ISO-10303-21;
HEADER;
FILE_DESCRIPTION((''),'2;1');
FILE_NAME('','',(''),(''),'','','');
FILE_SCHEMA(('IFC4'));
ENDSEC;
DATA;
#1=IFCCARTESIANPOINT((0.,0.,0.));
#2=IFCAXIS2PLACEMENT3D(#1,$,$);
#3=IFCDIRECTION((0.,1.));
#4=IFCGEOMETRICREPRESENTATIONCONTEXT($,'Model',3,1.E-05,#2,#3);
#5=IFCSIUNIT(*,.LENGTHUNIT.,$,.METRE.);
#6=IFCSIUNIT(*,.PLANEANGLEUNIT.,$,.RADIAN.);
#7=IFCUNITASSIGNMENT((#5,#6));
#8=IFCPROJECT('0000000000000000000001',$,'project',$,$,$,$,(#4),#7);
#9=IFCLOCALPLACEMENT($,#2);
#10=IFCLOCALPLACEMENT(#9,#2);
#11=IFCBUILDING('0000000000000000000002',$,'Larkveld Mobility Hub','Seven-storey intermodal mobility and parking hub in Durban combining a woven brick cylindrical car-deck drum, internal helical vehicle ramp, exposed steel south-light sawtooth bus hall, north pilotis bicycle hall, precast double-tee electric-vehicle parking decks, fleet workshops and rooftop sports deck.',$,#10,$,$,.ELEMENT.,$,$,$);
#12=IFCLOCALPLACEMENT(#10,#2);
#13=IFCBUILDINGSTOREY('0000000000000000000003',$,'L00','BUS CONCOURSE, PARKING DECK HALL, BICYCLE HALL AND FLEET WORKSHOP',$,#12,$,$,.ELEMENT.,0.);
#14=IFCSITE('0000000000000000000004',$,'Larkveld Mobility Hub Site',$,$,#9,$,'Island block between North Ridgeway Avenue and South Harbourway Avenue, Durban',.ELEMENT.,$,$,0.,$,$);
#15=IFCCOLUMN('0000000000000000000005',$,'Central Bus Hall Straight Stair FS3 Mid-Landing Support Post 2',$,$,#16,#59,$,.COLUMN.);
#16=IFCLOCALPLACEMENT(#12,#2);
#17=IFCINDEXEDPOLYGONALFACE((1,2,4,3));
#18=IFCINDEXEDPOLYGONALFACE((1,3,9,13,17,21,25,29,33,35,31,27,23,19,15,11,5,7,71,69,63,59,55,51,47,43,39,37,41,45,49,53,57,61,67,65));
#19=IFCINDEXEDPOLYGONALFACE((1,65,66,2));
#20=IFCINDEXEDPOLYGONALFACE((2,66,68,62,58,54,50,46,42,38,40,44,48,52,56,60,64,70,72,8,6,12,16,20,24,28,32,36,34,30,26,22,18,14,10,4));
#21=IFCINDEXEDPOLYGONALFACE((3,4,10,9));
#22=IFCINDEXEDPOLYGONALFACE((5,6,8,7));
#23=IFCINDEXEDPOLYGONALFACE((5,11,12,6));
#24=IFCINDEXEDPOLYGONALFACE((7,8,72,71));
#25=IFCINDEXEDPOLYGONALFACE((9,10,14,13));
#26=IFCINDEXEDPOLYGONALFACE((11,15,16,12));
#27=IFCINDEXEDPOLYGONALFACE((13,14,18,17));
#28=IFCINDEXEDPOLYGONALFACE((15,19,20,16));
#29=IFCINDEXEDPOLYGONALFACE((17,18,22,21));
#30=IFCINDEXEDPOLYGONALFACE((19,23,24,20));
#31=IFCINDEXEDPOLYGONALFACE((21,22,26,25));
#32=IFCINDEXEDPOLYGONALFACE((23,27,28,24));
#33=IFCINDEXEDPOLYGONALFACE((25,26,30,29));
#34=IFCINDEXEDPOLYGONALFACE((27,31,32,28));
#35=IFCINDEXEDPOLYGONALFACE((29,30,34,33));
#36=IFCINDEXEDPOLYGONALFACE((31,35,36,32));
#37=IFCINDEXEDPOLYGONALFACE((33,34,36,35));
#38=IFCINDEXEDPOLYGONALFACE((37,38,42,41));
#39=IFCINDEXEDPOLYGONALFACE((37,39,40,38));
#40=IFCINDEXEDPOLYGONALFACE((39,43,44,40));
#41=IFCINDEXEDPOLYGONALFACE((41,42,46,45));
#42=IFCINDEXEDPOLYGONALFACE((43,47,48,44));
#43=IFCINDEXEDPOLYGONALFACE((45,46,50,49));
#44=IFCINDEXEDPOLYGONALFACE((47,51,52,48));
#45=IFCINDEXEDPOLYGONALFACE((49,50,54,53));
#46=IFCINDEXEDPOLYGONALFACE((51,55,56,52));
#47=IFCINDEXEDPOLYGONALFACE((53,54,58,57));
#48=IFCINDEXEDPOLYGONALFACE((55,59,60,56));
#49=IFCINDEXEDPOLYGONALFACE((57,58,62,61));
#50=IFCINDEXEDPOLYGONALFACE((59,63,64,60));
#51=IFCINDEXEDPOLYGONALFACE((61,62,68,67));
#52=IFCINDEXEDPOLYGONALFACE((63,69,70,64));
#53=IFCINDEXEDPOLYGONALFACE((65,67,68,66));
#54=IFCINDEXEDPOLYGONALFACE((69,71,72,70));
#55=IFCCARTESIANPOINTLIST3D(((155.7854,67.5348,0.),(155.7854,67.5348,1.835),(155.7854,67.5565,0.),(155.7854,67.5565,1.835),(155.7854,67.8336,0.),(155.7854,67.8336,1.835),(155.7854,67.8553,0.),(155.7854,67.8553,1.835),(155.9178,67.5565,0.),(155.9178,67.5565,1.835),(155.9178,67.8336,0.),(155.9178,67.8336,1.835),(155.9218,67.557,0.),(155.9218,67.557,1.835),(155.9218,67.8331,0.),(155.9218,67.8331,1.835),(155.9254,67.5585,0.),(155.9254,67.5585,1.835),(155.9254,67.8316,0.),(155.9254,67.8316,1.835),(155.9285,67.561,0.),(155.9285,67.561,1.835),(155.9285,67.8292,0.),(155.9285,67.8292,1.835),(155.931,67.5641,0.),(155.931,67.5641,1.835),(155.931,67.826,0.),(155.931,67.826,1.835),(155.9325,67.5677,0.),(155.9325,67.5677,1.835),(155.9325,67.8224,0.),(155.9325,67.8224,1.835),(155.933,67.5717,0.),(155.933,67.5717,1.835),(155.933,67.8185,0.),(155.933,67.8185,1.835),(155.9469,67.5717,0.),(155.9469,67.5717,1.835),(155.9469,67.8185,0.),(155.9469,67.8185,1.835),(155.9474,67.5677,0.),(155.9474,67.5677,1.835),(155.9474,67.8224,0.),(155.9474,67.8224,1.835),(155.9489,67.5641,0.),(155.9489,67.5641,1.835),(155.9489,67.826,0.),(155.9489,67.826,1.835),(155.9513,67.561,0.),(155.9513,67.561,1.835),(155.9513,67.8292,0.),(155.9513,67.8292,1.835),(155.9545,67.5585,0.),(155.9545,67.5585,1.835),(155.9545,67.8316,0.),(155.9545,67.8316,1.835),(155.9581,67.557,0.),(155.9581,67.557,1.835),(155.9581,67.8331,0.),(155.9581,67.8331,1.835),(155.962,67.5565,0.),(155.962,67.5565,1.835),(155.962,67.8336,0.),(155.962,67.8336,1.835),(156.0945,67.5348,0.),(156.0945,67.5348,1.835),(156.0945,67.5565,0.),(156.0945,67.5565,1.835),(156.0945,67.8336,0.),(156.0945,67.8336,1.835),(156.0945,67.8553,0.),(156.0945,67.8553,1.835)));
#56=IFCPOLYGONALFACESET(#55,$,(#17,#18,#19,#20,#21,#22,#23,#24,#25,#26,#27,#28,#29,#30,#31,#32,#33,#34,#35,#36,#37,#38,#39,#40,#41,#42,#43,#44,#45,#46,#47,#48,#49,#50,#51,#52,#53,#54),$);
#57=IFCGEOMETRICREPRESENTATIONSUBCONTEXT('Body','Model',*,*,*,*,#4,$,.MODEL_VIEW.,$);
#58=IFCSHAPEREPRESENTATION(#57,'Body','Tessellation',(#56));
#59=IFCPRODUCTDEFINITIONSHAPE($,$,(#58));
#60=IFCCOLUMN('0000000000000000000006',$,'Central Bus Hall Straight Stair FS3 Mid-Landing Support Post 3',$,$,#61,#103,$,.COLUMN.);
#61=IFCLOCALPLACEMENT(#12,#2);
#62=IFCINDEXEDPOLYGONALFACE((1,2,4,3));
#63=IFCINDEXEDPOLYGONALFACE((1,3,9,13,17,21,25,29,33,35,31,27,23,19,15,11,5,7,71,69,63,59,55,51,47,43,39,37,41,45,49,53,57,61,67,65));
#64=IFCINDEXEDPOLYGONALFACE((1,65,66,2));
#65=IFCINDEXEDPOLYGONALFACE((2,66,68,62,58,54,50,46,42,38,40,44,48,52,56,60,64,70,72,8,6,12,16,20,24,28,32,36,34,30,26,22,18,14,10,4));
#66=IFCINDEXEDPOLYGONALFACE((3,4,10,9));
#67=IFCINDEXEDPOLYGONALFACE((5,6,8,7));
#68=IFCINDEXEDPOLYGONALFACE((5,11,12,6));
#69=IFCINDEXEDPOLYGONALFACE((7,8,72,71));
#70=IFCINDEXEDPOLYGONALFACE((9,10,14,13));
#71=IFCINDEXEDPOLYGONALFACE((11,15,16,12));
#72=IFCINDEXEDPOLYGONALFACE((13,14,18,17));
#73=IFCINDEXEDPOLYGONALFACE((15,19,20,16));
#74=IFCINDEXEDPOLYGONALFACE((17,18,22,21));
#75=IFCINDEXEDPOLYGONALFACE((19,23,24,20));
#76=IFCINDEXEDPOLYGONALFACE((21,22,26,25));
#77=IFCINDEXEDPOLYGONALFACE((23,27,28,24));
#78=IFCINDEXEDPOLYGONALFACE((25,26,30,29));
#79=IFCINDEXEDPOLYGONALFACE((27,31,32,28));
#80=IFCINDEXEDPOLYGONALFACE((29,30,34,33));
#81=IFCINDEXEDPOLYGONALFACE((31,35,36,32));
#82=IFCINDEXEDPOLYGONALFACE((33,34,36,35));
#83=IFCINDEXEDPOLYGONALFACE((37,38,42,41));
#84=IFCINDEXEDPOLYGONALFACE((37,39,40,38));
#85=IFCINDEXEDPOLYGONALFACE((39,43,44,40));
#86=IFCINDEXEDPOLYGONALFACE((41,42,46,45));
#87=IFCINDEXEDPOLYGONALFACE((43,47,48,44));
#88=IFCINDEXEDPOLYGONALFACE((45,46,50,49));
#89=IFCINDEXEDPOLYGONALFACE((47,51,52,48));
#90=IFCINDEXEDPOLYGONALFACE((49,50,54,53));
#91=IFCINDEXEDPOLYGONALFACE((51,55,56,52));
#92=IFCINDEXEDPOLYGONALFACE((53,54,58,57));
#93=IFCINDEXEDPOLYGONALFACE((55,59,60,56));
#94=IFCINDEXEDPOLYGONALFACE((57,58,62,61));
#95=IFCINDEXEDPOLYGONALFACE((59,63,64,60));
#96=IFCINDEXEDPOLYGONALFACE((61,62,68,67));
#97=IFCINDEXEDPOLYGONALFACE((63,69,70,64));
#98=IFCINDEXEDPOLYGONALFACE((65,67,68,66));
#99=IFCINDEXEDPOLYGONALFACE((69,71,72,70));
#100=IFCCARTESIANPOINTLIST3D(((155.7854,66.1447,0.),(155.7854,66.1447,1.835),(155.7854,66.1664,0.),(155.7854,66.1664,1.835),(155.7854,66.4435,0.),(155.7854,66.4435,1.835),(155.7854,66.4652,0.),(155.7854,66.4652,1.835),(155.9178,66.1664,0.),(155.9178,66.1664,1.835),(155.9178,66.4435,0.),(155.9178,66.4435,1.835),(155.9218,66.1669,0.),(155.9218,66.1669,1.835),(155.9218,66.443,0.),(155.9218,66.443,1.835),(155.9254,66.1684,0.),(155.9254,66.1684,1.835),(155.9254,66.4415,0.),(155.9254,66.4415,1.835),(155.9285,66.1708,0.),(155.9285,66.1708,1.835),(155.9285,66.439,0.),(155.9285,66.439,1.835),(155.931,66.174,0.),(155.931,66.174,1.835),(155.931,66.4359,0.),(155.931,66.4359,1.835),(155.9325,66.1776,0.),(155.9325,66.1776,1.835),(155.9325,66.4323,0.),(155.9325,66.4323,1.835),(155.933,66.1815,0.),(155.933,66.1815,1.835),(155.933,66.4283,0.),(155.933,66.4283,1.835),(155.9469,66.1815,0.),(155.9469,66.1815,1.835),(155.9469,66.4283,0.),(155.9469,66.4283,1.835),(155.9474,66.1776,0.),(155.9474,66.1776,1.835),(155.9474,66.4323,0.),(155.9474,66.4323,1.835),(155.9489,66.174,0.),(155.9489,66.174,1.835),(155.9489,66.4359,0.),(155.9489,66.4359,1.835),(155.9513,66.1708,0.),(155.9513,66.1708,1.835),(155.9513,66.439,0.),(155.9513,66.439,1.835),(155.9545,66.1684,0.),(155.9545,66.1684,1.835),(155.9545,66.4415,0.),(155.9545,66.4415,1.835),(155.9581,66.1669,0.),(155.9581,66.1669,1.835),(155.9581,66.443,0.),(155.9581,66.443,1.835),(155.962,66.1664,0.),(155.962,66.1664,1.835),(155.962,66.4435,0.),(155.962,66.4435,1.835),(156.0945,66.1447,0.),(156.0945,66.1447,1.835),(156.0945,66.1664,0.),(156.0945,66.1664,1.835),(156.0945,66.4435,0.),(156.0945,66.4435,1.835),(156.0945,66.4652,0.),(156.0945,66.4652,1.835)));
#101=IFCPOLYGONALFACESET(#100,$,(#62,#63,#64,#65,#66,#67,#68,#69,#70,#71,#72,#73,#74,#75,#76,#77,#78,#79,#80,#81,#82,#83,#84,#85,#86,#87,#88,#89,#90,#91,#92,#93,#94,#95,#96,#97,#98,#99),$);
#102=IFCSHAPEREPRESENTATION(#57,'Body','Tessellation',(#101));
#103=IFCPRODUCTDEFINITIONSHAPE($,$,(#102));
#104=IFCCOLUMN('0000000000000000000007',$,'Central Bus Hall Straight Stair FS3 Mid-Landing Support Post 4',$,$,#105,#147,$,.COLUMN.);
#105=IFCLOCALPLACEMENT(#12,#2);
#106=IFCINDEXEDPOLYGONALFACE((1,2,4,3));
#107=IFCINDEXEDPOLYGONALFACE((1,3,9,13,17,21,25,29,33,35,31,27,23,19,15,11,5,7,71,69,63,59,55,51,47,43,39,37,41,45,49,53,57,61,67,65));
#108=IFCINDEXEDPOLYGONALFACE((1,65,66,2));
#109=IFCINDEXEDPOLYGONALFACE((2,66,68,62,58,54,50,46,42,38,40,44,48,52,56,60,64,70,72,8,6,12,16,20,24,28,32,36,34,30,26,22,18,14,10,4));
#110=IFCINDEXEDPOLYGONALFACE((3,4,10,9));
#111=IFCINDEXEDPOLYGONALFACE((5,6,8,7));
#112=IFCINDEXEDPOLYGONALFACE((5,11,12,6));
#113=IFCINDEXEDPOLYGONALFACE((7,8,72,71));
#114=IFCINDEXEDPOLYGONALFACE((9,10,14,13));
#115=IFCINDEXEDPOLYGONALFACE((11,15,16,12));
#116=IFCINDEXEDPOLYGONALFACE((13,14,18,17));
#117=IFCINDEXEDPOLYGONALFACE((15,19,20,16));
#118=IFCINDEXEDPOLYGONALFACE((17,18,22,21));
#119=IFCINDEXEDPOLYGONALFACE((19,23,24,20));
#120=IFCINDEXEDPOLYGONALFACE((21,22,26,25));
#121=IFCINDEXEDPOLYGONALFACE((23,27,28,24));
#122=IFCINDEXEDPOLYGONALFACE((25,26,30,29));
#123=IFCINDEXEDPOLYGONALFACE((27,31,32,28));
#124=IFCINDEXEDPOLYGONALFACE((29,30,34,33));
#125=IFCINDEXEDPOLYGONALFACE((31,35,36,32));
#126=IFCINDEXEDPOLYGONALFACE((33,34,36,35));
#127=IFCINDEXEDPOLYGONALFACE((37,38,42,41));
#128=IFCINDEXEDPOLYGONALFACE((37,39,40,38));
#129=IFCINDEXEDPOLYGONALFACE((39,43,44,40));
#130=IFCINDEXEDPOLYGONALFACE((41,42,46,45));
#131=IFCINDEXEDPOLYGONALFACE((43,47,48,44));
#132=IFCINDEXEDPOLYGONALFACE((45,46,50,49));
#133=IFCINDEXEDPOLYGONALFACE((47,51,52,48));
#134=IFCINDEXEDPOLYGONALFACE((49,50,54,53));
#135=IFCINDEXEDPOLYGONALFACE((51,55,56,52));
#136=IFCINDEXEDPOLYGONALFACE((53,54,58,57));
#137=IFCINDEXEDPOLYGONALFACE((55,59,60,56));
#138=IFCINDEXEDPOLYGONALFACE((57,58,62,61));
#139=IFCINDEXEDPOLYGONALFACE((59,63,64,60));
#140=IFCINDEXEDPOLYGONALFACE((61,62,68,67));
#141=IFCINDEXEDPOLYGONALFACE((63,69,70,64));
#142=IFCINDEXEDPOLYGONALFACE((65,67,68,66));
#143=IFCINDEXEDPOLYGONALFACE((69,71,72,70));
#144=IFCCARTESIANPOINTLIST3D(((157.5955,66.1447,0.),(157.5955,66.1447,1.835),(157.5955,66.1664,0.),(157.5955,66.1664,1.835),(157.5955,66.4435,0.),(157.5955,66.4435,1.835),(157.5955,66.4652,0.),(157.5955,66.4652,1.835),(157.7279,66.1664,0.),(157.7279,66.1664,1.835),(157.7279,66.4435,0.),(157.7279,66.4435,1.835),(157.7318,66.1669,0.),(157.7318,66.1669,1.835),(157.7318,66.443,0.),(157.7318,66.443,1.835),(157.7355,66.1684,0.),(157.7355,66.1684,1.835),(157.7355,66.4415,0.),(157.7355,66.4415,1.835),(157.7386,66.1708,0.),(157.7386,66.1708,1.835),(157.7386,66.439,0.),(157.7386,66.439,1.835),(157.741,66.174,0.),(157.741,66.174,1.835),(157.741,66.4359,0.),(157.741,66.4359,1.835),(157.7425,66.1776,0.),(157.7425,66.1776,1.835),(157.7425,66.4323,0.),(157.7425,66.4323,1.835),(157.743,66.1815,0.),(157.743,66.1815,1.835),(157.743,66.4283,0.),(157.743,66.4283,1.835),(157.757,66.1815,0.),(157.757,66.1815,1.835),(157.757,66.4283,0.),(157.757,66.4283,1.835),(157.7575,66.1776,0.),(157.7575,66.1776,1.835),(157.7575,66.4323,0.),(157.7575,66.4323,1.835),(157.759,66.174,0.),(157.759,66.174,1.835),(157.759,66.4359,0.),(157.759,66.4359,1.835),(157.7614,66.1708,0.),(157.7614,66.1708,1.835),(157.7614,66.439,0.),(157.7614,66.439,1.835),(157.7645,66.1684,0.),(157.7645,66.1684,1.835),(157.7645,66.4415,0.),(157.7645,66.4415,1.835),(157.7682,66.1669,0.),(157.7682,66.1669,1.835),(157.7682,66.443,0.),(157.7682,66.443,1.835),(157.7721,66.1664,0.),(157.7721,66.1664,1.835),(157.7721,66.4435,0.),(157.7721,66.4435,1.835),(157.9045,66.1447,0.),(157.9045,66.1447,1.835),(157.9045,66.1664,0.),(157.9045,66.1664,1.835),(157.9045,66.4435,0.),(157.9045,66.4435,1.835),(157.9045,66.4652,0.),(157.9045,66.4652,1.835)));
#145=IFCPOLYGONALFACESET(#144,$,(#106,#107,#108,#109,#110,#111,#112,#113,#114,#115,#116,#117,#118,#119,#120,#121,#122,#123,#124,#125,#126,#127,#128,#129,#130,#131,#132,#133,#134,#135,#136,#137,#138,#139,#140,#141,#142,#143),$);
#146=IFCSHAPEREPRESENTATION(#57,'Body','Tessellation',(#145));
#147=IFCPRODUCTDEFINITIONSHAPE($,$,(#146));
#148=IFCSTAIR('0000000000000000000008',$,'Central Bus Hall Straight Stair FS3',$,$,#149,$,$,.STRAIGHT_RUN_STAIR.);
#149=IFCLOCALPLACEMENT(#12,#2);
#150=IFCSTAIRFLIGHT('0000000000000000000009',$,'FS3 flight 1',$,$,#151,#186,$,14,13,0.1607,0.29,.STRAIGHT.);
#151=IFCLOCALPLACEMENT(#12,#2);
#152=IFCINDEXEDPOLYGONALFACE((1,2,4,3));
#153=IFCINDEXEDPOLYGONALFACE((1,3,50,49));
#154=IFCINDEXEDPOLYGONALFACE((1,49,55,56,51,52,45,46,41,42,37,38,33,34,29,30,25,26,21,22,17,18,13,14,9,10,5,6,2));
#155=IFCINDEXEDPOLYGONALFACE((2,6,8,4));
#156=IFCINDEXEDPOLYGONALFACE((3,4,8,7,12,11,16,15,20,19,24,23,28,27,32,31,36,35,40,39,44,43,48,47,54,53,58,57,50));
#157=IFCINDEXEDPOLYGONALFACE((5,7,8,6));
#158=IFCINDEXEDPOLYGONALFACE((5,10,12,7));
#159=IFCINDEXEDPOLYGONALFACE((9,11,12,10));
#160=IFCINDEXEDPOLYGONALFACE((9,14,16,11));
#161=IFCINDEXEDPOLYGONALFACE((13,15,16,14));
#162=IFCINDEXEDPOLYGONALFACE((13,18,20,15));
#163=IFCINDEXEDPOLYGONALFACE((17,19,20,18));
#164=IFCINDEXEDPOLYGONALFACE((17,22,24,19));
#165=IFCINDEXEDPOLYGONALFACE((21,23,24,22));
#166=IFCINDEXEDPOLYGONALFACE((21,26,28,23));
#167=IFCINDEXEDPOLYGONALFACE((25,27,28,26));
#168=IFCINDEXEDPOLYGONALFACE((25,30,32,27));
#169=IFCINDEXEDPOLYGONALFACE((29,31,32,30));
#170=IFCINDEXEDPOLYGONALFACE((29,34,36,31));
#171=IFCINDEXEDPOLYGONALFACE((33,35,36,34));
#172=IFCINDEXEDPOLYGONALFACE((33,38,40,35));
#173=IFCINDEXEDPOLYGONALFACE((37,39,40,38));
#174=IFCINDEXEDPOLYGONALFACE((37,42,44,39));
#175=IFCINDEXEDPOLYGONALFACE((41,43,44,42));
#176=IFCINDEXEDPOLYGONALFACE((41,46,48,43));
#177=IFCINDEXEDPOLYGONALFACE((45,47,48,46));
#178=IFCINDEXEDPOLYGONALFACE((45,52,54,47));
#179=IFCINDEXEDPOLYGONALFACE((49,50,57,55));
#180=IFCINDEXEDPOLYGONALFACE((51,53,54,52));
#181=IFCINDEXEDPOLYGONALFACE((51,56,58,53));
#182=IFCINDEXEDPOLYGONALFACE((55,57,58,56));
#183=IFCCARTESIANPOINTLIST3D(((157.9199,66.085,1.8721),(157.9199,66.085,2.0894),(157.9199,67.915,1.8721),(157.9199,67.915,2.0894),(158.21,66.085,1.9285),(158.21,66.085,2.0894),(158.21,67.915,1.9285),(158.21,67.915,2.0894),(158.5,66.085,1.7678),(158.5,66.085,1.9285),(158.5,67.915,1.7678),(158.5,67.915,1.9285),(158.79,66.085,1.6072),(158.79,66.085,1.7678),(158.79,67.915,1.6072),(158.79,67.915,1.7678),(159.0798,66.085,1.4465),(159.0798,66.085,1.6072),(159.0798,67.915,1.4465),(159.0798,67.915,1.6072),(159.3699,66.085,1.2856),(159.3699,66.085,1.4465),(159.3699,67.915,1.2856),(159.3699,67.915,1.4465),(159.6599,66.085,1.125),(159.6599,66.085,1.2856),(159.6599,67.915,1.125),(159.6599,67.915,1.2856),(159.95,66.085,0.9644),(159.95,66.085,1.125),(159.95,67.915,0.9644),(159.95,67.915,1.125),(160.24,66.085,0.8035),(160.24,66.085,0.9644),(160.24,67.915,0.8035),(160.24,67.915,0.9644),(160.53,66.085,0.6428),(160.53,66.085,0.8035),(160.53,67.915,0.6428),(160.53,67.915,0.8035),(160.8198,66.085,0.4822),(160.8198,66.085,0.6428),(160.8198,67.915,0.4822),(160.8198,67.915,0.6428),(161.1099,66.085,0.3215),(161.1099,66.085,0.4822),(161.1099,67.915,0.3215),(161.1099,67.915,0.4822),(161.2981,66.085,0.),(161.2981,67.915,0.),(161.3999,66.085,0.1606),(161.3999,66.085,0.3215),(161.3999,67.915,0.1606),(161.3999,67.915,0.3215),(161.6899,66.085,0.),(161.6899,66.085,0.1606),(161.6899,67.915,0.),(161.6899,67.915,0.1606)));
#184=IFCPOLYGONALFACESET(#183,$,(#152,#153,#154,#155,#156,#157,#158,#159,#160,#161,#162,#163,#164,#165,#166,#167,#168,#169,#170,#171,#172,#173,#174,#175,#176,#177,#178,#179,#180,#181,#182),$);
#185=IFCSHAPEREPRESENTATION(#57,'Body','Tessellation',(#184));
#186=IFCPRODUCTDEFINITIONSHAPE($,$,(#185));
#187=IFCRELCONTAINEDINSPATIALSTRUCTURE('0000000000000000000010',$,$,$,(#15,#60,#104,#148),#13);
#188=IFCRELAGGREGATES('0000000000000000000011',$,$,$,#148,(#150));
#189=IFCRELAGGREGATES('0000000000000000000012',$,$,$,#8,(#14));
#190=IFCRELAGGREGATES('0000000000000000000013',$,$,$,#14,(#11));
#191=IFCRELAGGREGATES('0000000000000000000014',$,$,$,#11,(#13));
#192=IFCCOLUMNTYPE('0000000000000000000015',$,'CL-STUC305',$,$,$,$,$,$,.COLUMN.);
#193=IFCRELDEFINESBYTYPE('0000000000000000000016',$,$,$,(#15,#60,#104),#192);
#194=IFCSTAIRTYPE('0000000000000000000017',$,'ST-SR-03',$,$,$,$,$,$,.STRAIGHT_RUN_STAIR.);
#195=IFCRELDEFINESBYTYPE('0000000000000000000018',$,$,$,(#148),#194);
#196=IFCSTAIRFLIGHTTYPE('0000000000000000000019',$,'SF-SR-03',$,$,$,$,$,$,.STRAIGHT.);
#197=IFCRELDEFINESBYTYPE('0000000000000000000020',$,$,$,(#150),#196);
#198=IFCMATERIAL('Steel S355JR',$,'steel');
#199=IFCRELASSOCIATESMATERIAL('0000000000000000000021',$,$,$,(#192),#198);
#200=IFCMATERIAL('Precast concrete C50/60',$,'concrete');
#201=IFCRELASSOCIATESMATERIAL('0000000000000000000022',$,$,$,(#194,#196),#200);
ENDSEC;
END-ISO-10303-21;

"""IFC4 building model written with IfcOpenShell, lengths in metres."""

from ifc_helpers import new_model, si_unit, direction, frame, origin, origin_2d, place, context, subcontext, project, spatial, polyline, i_section, outline, extrude, material, material_profile, profile_set, type_object, element, aggregate, save


model = new_model("IFC4")

# Units and contexts
model_context = context("Model", 3, precision=1e-05, world=origin(), true_north=direction((0.0, 1.0)))
body_context = subcontext(model_context, "Body", "Model", "MODEL_VIEW")
ifc_project = project(units=[si_unit("LENGTHUNIT", "METRE"), si_unit("PLANEANGLEUNIT", "RADIAN")], contexts=[model_context])

# Site, building, storey
site_placement = place(None, origin())
site = spatial("IfcSite", under=ifc_project, at=site_placement, Name="Larkveld Mobility Hub Site", LongName="Island block between North Ridgeway Avenue and South Harbourway Avenue, Durban", CompositionType="ELEMENT", RefElevation=0.0)
building_placement = place(site_placement, origin())
building = spatial("IfcBuilding", under=site, at=building_placement, Name="Larkveld Mobility Hub", Description="Seven-storey intermodal mobility and parking hub in Durban combining a woven brick cylindrical car-deck drum, internal helical vehicle ramp, exposed steel south-light sawtooth bus hall, north pilotis bicycle hall, precast double-tee electric-vehicle parking decks, fleet workshops and rooftop sports deck.", CompositionType="ELEMENT")
storey_placement = place(building_placement, origin())
storey = spatial("IfcBuildingStorey", under=building, at=storey_placement, Name="L00", Description="BUS CONCOURSE, PARKING DECK HALL, BICYCLE HALL AND FLEET WORKSHOP", CompositionType="ELEMENT", Elevation=0.0)

# Columns
ifc_material_1 = material(Name="Steel S355JR", Category="steel")
ifc_material_profile_1 = material_profile(ifc_material_1, i_section(OverallWidth=0.3091, OverallDepth=0.3206, WebThickness=0.0139, FlangeThickness=0.0217, FilletRadius=0.0151, at=origin_2d()), Name="UC 305x305x137")
ifc_profile_set_1 = profile_set([ifc_material_profile_1], Name="Steel S355JR")
column_type_1 = type_object("IfcColumnType", Name="CL-STUC305", PredefinedType="COLUMN", material=ifc_profile_set_1)
for number, where, z_axis, x_axis, name in (
    (1, (155.9399, 67.6951, 0.0), (0.0, 0.0, 1.0), (1.0, 0.0, 0.0), "Central Bus Hall Straight Stair FS3 Mid-Landing Support Post 2"),
    (2, (155.9399, 66.3049, 0.0), (0.0, 0.0, 1.0), (1.0, 0.0, 0.0), "Central Bus Hall Straight Stair FS3 Mid-Landing Support Post 3"),
    (3, (157.75, 66.3049, 0.0), (0.0, 0.0, 1.0), (1.0, 0.0, 0.0), "Central Bus Hall Straight Stair FS3 Mid-Landing Support Post 4"),
):
    element("IfcColumn", number, at=place(storey_placement, frame(where, z_axis=z_axis, x_axis=x_axis)), inside=storey, type_object=column_type_1, Name=name, PredefinedType="COLUMN", context=body_context, shape_type="SweptSolid", body=[
        extrude(i_section(OverallWidth=0.3091, OverallDepth=0.3206, WebThickness=0.0139, FlangeThickness=0.0217, FilletRadius=0.0151, at=origin_2d()), origin(), (0.0, 0.0, 1.0), 1.835),
    ])

# Stair, stair flight
ifc_material_2 = material(Name="Precast concrete C50/60", Category="concrete")
stair_type = type_object("IfcStairType", Name="ST-SR-03", PredefinedType="STRAIGHT_RUN_STAIR", material=ifc_material_2)
stair_placement = place(storey_placement, origin())
stair = element("IfcStair", 4, at=stair_placement, inside=storey, type_object=stair_type, Name="Central Bus Hall Straight Stair FS3", PredefinedType="STRAIGHT_RUN_STAIR")
stair_flight_type = type_object("IfcStairFlightType", Name="SF-SR-03", PredefinedType="STRAIGHT", material=ifc_material_2)
stair_flight_1_placement = place(storey_placement, frame((161.6899, 67.0, 0.0), z_axis=(0.0, 0.0, 1.0), x_axis=(-1.0, 0.0, 0.0)))
stair_flight_1 = element("IfcStairFlight", 5, at=stair_flight_1_placement, type_object=stair_flight_type, Name="FS3 flight 1", NumberOfRisers=14, NumberOfTreads=13, PredefinedType="STRAIGHT", RiserHeight=0.1607, TreadLength=0.29, context=body_context, shape_type="SweptSolid", body=[
    extrude(outline(polyline([(0.0, 0.0), (0.0, 0.1606), (0.29, 0.1606), (0.29, 0.3215), (0.5801, 0.3215), (0.5801, 0.4822), (0.8701, 0.4822), (0.8701, 0.6428), (1.1599, 0.6428), (1.1599, 0.8035), (1.45, 0.8035), (1.45, 0.9644), (1.74, 0.9644), (1.74, 1.125), (2.03, 1.125), (2.03, 1.2856), (2.3201, 1.2856), (2.3201, 1.4465), (2.6101, 1.4465), (2.6101, 1.6072), (2.8999, 1.6072), (2.8999, 1.7678), (3.1899, 1.7678), (3.1899, 1.9285), (3.48, 1.9285), (3.48, 2.0894), (3.77, 2.0894), (3.77, 2.25), (3.77, 1.8721), (0.3918, 0.0), (0.0, 0.0)])), frame((0.0, 0.915, 0.0), z_axis=(0.0, -1.0, 0.0), x_axis=(1.0, 0.0, 0.0)), (0.0, 0.0, 1.0), 1.8301),
])
aggregate(stair, [stair_flight_1])

save(model, "model.ifc")
